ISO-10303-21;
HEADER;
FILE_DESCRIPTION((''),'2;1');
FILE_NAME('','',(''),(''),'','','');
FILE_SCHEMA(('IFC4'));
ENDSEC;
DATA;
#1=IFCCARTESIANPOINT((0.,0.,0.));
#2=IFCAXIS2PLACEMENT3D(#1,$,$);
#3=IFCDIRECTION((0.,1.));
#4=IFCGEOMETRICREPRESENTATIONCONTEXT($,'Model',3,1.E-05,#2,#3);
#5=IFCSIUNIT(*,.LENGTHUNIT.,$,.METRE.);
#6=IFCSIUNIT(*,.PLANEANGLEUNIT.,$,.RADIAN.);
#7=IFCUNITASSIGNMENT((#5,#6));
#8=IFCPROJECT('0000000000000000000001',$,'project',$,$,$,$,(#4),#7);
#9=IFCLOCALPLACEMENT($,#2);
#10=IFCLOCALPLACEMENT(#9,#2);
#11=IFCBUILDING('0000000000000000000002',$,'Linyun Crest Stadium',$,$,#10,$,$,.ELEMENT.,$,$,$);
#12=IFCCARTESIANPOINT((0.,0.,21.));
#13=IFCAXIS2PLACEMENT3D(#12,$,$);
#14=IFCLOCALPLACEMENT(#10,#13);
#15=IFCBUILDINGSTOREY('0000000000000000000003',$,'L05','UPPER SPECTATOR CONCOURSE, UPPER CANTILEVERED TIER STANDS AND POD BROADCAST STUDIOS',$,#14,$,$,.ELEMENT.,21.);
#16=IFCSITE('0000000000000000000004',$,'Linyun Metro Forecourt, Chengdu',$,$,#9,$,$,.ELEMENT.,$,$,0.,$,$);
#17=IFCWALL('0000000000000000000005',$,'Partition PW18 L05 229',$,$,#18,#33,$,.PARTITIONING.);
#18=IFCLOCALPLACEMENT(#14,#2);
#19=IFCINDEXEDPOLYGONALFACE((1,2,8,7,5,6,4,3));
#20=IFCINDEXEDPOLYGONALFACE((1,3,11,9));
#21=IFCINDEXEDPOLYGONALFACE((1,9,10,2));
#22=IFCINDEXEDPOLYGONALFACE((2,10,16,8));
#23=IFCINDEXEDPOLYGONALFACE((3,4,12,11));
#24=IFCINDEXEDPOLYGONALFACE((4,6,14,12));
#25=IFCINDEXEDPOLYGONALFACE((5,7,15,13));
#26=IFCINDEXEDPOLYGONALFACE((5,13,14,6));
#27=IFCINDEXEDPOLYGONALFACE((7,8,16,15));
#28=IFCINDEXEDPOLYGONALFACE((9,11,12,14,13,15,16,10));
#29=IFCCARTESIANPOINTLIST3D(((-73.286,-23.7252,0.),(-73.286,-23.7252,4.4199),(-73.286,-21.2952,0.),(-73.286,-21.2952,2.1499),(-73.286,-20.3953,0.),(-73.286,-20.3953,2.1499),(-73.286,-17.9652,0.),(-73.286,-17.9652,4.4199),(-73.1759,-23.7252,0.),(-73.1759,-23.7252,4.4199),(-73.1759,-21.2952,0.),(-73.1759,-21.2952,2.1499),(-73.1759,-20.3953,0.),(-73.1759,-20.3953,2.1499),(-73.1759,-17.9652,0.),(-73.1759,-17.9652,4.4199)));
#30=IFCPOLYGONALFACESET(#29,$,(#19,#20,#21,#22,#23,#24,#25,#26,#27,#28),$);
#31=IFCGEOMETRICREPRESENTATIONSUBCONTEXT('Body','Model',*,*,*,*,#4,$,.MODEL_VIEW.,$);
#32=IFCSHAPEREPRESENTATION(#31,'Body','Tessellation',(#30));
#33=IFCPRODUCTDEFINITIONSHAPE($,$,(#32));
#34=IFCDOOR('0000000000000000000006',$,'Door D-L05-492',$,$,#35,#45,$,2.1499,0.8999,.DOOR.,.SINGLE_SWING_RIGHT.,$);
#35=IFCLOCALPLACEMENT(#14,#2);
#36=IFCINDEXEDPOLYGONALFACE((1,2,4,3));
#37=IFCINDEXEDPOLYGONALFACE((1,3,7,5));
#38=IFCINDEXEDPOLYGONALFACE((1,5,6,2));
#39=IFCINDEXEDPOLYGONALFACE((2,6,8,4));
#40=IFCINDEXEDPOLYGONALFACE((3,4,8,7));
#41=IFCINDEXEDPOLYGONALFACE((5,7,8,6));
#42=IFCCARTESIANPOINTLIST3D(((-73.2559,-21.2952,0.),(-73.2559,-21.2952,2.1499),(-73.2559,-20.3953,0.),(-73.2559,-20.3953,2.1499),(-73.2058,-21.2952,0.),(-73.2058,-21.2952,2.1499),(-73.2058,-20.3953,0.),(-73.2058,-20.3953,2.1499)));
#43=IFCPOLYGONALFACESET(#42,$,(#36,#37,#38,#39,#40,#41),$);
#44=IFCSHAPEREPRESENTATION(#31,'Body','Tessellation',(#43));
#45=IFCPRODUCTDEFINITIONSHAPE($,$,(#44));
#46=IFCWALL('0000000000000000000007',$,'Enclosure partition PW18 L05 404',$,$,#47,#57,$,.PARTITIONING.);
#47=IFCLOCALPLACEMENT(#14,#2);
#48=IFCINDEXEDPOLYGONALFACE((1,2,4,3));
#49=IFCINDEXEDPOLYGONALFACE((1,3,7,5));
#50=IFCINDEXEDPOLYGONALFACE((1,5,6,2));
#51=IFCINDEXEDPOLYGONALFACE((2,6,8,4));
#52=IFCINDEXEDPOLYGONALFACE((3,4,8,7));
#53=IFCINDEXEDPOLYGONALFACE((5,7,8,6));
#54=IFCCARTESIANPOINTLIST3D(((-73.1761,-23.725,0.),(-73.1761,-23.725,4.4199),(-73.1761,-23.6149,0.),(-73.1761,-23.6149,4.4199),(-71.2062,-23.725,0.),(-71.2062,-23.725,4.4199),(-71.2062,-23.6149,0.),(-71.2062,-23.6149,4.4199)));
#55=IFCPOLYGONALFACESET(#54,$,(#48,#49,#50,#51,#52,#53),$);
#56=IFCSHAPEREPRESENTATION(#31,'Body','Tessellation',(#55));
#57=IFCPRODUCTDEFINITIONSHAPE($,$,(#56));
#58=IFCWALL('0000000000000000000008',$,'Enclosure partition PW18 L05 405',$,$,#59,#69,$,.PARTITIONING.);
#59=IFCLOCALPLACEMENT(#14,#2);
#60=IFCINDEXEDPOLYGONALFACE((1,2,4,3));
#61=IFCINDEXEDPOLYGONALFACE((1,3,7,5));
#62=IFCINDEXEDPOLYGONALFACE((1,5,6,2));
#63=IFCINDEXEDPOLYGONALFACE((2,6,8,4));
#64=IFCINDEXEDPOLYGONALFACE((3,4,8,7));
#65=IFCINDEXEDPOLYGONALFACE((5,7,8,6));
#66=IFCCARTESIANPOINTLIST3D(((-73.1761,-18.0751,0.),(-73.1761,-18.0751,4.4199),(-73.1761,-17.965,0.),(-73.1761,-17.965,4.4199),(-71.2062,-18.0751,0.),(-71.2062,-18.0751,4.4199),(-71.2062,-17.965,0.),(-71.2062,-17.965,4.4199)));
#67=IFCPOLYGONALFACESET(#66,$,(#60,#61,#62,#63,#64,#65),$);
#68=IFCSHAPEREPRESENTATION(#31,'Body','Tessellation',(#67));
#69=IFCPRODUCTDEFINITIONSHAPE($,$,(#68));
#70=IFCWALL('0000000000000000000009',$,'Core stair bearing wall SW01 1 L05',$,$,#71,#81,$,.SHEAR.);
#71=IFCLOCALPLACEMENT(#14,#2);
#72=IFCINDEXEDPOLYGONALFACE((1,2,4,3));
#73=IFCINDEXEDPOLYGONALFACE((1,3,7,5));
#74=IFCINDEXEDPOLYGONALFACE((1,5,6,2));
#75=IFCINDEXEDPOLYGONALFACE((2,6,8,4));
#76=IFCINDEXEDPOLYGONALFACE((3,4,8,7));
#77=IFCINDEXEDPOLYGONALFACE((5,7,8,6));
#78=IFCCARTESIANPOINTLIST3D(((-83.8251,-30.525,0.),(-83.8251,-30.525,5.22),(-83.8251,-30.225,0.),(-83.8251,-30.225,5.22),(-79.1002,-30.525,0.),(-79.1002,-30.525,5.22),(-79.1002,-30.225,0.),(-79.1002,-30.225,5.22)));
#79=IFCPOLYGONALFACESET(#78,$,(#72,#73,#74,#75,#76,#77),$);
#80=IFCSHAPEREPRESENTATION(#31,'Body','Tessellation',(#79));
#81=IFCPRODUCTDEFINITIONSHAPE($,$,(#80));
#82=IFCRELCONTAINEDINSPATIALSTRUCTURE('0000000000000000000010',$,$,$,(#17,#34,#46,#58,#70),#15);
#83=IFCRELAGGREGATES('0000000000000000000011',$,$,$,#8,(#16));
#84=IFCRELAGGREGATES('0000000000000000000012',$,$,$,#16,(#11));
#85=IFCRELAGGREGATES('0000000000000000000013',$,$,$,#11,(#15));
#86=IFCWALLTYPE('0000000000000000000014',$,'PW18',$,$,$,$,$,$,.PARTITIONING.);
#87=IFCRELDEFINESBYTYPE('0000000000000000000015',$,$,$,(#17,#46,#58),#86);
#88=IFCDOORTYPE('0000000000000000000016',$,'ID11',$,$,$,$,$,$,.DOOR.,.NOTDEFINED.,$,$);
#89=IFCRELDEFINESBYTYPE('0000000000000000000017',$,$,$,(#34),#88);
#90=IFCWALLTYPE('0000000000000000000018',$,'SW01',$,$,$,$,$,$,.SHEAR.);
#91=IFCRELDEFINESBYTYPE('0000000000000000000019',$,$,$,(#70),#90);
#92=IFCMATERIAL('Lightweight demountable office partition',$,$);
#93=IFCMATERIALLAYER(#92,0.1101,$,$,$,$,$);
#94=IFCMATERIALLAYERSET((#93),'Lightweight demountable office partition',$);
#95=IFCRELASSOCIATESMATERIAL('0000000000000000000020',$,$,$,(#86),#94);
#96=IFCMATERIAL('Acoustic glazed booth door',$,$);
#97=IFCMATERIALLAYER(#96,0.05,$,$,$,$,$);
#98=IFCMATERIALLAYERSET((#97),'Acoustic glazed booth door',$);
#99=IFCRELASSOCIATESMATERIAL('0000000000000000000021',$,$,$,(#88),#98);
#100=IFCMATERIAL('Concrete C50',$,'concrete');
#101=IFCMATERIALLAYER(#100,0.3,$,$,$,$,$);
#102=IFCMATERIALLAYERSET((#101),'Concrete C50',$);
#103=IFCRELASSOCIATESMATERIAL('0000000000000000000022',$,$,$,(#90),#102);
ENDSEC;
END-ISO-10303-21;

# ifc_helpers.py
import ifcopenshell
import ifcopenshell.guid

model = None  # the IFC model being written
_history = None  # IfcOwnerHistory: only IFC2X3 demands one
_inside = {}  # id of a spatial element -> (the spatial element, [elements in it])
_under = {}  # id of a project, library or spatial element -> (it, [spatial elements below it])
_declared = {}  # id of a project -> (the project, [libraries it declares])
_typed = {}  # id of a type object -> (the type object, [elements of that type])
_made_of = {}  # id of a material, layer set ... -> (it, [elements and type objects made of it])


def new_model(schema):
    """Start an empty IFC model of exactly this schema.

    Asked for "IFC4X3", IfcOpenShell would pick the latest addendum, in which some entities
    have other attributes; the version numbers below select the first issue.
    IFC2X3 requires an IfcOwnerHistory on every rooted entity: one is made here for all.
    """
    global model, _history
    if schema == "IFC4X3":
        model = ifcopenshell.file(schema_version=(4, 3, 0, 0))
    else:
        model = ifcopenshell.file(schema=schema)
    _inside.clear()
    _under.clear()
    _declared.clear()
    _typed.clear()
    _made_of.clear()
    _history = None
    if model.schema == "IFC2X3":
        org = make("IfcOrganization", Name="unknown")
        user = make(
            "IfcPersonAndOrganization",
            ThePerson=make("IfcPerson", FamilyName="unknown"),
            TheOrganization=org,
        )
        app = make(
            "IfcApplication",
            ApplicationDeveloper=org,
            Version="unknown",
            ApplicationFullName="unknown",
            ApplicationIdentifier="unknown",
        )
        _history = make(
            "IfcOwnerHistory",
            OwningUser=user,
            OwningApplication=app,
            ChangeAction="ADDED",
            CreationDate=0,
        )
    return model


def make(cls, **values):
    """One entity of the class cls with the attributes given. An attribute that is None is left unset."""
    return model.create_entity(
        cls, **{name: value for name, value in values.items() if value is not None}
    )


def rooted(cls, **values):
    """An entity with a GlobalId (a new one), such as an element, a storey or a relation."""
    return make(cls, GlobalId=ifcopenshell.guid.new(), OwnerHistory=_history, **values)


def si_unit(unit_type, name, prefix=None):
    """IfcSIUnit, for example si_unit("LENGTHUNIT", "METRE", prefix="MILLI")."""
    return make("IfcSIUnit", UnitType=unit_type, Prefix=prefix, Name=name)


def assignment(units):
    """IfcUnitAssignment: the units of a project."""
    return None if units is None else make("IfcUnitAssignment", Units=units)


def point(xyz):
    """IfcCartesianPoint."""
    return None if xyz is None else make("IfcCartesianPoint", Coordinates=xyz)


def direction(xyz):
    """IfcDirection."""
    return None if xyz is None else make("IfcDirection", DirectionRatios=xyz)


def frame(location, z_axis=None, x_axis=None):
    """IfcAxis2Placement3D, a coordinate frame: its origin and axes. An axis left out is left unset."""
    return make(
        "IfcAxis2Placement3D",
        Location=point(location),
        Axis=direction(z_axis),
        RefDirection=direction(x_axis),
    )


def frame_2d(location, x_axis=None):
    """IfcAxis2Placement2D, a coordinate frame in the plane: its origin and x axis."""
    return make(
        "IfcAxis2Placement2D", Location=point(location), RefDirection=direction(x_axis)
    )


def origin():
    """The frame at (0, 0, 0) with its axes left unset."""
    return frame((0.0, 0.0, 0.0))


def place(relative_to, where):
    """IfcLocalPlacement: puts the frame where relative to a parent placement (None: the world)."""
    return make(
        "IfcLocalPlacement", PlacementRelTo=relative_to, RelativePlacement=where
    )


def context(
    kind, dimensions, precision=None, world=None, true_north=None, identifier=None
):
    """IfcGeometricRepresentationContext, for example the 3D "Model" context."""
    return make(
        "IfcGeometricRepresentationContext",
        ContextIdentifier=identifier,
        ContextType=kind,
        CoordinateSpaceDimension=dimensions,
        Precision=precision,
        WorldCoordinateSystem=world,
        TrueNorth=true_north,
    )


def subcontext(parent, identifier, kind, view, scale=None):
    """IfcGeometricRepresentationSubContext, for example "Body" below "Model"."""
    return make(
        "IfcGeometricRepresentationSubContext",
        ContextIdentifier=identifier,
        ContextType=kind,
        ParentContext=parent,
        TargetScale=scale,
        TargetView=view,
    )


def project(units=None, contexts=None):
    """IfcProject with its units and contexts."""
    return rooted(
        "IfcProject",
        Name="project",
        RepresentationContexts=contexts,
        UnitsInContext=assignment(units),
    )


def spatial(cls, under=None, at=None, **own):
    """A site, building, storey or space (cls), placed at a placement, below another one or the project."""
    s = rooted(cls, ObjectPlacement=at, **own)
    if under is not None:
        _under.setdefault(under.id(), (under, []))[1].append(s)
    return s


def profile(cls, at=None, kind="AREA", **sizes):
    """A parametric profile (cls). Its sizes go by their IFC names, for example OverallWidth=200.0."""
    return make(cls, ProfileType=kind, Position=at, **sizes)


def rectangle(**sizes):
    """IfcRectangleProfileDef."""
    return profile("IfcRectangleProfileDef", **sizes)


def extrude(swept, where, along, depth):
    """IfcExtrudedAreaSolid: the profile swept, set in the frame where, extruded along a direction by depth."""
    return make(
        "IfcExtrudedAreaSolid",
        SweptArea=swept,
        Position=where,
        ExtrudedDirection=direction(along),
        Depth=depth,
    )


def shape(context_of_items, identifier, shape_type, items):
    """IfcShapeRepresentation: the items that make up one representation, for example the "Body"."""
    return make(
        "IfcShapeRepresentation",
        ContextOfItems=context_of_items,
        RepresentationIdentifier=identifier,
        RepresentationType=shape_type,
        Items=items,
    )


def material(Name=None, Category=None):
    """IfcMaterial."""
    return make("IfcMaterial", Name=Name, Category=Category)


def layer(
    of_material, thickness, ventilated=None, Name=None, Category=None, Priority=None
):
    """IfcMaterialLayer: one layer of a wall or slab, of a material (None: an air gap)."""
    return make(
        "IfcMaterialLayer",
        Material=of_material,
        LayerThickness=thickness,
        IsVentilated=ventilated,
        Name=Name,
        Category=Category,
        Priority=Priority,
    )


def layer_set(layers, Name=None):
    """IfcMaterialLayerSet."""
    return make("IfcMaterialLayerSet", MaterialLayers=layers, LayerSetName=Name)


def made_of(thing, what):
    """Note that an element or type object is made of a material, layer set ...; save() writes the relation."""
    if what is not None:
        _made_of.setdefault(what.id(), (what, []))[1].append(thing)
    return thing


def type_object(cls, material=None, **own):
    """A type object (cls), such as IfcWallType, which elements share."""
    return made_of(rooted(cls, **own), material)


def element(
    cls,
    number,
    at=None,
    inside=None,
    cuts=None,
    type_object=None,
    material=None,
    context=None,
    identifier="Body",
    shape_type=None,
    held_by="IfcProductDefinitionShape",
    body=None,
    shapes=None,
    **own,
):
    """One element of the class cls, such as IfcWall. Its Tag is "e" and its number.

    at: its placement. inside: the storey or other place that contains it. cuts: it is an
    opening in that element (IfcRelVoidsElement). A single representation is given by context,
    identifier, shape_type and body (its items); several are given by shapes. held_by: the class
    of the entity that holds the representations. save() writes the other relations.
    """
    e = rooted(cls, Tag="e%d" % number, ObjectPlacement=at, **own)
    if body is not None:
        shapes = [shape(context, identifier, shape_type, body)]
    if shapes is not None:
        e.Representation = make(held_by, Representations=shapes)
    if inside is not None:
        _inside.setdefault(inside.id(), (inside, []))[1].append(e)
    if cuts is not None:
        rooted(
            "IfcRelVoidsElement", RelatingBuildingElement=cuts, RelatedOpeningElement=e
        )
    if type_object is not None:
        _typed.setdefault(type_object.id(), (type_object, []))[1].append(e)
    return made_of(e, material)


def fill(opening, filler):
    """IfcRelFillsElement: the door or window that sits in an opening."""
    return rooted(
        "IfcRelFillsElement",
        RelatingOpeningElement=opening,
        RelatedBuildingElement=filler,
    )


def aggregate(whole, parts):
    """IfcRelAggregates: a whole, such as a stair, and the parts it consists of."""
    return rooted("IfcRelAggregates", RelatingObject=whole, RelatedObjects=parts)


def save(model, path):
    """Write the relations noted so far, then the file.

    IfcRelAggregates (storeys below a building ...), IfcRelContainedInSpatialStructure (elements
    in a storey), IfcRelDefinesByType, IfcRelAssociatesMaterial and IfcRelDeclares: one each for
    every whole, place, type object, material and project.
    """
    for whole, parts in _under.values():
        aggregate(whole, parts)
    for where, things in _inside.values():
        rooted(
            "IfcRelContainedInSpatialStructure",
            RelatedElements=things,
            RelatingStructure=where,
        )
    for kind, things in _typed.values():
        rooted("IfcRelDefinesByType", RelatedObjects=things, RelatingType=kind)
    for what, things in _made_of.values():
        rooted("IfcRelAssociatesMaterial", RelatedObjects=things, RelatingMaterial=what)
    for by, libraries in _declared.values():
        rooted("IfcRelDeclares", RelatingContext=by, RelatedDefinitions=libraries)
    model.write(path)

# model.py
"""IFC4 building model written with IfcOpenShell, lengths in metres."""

from ifc_helpers import new_model, si_unit, direction, frame, frame_2d, origin, place, context, subcontext, project, spatial, rectangle, extrude, material, layer, layer_set, type_object, element, fill, save


model = new_model("IFC4")

# Units and contexts
model_context = context("Model", 3, precision=1e-05, world=origin(), true_north=direction((0.0, 1.0)))
body_context = subcontext(model_context, "Body", "Model", "MODEL_VIEW")
ifc_project = project(units=[si_unit("LENGTHUNIT", "METRE"), si_unit("PLANEANGLEUNIT", "RADIAN")], contexts=[model_context])

# Site, building, storey
site_placement = place(None, origin())
site = spatial("IfcSite", under=ifc_project, at=site_placement, Name="Linyun Metro Forecourt, Chengdu", CompositionType="ELEMENT", RefElevation=0.0)
building_placement = place(site_placement, origin())
building = spatial("IfcBuilding", under=site, at=building_placement, Name="Linyun Crest Stadium", CompositionType="ELEMENT")
storey_placement = place(building_placement, frame((0.0, 0.0, 21.0)))
storey = spatial("IfcBuildingStorey", under=building, at=storey_placement, Name="L05", Description="UPPER SPECTATOR CONCOURSE, UPPER CANTILEVERED TIER STANDS AND POD BROADCAST STUDIOS", CompositionType="ELEMENT", Elevation=21.0)

# Wall, opening, door
ifc_material_1 = material(Name="Lightweight demountable office partition")
ifc_layer_1 = layer(ifc_material_1, 0.1101)
ifc_layer_set_1 = layer_set([ifc_layer_1], Name="Lightweight demountable office partition")
wall_type_1 = type_object("IfcWallType", Name="PW18", PredefinedType="PARTITIONING", material=ifc_layer_set_1)
wall_1_placement = place(storey_placement, frame((-73.231, -23.7251, 0.0), z_axis=(0.0, 0.0, 1.0), x_axis=(0.0, 1.0, 0.0)))
wall_1 = element("IfcWall", 1, at=wall_1_placement, inside=storey, type_object=wall_type_1, Name="Partition PW18 L05 229", PredefinedType="PARTITIONING", context=body_context, shape_type="SweptSolid", body=[
    extrude(rectangle(XDim=5.76, YDim=0.1101, at=frame_2d((2.8799, 0.0))), origin(), (0.0, 0.0, 1.0), 4.4199),
])
opening_placement = place(wall_1_placement, frame((2.4299, 0.0, 0.0)))
opening = element("IfcOpeningElement", 2, at=opening_placement, cuts=wall_1, PredefinedType="OPENING", context=body_context, shape_type="SweptSolid", body=[
    extrude(rectangle(XDim=0.8999, YDim=2.1499, at=frame_2d((0.45, 1.075))), frame((0.0, 0.0649, 0.0), z_axis=(0.0, -1.0, 0.0), x_axis=(1.0, 0.0, 0.0)), (0.0, 0.0, 1.0), 0.1301),
])
ifc_material_2 = material(Name="Acoustic glazed booth door")
ifc_layer_2 = layer(ifc_material_2, 0.05)
ifc_layer_set_2 = layer_set([ifc_layer_2], Name="Acoustic glazed booth door")
door_type = type_object("IfcDoorType", Name="ID11", OperationType="NOTDEFINED", PredefinedType="DOOR", material=ifc_layer_set_2)
door_placement = place(opening_placement, origin())
door = element("IfcDoor", 3, at=door_placement, inside=storey, type_object=door_type, Name="Door D-L05-492", OperationType="SINGLE_SWING_RIGHT", OverallHeight=2.1499, OverallWidth=0.8999, PredefinedType="DOOR", context=body_context, shape_type="SweptSolid", body=[
    extrude(rectangle(XDim=0.8999, YDim=2.1499, at=frame_2d((0.45, 1.075))), frame((0.0, 0.0249, 0.0), z_axis=(0.0, -1.0, 0.0), x_axis=(1.0, 0.0, 0.0)), (0.0, 0.0, 1.0), 0.05),
])
fill(opening, door)

# Walls
for number, where, z_axis, x_axis, name in (
    (4, (-73.176, -23.6699, 0.0), (0.0, 0.0, 1.0), (1.0, 0.0, 0.0), "Enclosure partition PW18 L05 404"),
    (5, (-73.176, -18.02, 0.0), (0.0, 0.0, 1.0), (1.0, 0.0, 0.0), "Enclosure partition PW18 L05 405"),
):
    element("IfcWall", number, at=place(storey_placement, frame(where, z_axis=z_axis, x_axis=x_axis)), inside=storey, type_object=wall_type_1, Name=name, PredefinedType="PARTITIONING", context=body_context, shape_type="SweptSolid", body=[
        extrude(rectangle(XDim=1.97, YDim=0.1101, at=frame_2d((0.9849, 0.0))), origin(), (0.0, 0.0, 1.0), 4.4199),
    ])
ifc_material_3 = material(Name="Concrete C50", Category="concrete")
ifc_layer_3 = layer(ifc_material_3, 0.3)
ifc_layer_set_3 = layer_set([ifc_layer_3], Name="Concrete C50")
wall_type_2 = type_object("IfcWallType", Name="SW01", PredefinedType="SHEAR", material=ifc_layer_set_3)
wall_2_placement = place(storey_placement, frame((-83.825, -30.375, 0.0), z_axis=(0.0, 0.0, 1.0), x_axis=(1.0, 0.0, 0.0)))
element("IfcWall", 6, at=wall_2_placement, inside=storey, type_object=wall_type_2, Name="Core stair bearing wall SW01 1 L05", PredefinedType="SHEAR", context=body_context, shape_type="SweptSolid", body=[
    extrude(rectangle(XDim=4.7249, YDim=0.3, at=frame_2d((2.3623, 0.0))), origin(), (0.0, 0.0, 1.0), 5.22),
])

save(model, "model.ifc")
